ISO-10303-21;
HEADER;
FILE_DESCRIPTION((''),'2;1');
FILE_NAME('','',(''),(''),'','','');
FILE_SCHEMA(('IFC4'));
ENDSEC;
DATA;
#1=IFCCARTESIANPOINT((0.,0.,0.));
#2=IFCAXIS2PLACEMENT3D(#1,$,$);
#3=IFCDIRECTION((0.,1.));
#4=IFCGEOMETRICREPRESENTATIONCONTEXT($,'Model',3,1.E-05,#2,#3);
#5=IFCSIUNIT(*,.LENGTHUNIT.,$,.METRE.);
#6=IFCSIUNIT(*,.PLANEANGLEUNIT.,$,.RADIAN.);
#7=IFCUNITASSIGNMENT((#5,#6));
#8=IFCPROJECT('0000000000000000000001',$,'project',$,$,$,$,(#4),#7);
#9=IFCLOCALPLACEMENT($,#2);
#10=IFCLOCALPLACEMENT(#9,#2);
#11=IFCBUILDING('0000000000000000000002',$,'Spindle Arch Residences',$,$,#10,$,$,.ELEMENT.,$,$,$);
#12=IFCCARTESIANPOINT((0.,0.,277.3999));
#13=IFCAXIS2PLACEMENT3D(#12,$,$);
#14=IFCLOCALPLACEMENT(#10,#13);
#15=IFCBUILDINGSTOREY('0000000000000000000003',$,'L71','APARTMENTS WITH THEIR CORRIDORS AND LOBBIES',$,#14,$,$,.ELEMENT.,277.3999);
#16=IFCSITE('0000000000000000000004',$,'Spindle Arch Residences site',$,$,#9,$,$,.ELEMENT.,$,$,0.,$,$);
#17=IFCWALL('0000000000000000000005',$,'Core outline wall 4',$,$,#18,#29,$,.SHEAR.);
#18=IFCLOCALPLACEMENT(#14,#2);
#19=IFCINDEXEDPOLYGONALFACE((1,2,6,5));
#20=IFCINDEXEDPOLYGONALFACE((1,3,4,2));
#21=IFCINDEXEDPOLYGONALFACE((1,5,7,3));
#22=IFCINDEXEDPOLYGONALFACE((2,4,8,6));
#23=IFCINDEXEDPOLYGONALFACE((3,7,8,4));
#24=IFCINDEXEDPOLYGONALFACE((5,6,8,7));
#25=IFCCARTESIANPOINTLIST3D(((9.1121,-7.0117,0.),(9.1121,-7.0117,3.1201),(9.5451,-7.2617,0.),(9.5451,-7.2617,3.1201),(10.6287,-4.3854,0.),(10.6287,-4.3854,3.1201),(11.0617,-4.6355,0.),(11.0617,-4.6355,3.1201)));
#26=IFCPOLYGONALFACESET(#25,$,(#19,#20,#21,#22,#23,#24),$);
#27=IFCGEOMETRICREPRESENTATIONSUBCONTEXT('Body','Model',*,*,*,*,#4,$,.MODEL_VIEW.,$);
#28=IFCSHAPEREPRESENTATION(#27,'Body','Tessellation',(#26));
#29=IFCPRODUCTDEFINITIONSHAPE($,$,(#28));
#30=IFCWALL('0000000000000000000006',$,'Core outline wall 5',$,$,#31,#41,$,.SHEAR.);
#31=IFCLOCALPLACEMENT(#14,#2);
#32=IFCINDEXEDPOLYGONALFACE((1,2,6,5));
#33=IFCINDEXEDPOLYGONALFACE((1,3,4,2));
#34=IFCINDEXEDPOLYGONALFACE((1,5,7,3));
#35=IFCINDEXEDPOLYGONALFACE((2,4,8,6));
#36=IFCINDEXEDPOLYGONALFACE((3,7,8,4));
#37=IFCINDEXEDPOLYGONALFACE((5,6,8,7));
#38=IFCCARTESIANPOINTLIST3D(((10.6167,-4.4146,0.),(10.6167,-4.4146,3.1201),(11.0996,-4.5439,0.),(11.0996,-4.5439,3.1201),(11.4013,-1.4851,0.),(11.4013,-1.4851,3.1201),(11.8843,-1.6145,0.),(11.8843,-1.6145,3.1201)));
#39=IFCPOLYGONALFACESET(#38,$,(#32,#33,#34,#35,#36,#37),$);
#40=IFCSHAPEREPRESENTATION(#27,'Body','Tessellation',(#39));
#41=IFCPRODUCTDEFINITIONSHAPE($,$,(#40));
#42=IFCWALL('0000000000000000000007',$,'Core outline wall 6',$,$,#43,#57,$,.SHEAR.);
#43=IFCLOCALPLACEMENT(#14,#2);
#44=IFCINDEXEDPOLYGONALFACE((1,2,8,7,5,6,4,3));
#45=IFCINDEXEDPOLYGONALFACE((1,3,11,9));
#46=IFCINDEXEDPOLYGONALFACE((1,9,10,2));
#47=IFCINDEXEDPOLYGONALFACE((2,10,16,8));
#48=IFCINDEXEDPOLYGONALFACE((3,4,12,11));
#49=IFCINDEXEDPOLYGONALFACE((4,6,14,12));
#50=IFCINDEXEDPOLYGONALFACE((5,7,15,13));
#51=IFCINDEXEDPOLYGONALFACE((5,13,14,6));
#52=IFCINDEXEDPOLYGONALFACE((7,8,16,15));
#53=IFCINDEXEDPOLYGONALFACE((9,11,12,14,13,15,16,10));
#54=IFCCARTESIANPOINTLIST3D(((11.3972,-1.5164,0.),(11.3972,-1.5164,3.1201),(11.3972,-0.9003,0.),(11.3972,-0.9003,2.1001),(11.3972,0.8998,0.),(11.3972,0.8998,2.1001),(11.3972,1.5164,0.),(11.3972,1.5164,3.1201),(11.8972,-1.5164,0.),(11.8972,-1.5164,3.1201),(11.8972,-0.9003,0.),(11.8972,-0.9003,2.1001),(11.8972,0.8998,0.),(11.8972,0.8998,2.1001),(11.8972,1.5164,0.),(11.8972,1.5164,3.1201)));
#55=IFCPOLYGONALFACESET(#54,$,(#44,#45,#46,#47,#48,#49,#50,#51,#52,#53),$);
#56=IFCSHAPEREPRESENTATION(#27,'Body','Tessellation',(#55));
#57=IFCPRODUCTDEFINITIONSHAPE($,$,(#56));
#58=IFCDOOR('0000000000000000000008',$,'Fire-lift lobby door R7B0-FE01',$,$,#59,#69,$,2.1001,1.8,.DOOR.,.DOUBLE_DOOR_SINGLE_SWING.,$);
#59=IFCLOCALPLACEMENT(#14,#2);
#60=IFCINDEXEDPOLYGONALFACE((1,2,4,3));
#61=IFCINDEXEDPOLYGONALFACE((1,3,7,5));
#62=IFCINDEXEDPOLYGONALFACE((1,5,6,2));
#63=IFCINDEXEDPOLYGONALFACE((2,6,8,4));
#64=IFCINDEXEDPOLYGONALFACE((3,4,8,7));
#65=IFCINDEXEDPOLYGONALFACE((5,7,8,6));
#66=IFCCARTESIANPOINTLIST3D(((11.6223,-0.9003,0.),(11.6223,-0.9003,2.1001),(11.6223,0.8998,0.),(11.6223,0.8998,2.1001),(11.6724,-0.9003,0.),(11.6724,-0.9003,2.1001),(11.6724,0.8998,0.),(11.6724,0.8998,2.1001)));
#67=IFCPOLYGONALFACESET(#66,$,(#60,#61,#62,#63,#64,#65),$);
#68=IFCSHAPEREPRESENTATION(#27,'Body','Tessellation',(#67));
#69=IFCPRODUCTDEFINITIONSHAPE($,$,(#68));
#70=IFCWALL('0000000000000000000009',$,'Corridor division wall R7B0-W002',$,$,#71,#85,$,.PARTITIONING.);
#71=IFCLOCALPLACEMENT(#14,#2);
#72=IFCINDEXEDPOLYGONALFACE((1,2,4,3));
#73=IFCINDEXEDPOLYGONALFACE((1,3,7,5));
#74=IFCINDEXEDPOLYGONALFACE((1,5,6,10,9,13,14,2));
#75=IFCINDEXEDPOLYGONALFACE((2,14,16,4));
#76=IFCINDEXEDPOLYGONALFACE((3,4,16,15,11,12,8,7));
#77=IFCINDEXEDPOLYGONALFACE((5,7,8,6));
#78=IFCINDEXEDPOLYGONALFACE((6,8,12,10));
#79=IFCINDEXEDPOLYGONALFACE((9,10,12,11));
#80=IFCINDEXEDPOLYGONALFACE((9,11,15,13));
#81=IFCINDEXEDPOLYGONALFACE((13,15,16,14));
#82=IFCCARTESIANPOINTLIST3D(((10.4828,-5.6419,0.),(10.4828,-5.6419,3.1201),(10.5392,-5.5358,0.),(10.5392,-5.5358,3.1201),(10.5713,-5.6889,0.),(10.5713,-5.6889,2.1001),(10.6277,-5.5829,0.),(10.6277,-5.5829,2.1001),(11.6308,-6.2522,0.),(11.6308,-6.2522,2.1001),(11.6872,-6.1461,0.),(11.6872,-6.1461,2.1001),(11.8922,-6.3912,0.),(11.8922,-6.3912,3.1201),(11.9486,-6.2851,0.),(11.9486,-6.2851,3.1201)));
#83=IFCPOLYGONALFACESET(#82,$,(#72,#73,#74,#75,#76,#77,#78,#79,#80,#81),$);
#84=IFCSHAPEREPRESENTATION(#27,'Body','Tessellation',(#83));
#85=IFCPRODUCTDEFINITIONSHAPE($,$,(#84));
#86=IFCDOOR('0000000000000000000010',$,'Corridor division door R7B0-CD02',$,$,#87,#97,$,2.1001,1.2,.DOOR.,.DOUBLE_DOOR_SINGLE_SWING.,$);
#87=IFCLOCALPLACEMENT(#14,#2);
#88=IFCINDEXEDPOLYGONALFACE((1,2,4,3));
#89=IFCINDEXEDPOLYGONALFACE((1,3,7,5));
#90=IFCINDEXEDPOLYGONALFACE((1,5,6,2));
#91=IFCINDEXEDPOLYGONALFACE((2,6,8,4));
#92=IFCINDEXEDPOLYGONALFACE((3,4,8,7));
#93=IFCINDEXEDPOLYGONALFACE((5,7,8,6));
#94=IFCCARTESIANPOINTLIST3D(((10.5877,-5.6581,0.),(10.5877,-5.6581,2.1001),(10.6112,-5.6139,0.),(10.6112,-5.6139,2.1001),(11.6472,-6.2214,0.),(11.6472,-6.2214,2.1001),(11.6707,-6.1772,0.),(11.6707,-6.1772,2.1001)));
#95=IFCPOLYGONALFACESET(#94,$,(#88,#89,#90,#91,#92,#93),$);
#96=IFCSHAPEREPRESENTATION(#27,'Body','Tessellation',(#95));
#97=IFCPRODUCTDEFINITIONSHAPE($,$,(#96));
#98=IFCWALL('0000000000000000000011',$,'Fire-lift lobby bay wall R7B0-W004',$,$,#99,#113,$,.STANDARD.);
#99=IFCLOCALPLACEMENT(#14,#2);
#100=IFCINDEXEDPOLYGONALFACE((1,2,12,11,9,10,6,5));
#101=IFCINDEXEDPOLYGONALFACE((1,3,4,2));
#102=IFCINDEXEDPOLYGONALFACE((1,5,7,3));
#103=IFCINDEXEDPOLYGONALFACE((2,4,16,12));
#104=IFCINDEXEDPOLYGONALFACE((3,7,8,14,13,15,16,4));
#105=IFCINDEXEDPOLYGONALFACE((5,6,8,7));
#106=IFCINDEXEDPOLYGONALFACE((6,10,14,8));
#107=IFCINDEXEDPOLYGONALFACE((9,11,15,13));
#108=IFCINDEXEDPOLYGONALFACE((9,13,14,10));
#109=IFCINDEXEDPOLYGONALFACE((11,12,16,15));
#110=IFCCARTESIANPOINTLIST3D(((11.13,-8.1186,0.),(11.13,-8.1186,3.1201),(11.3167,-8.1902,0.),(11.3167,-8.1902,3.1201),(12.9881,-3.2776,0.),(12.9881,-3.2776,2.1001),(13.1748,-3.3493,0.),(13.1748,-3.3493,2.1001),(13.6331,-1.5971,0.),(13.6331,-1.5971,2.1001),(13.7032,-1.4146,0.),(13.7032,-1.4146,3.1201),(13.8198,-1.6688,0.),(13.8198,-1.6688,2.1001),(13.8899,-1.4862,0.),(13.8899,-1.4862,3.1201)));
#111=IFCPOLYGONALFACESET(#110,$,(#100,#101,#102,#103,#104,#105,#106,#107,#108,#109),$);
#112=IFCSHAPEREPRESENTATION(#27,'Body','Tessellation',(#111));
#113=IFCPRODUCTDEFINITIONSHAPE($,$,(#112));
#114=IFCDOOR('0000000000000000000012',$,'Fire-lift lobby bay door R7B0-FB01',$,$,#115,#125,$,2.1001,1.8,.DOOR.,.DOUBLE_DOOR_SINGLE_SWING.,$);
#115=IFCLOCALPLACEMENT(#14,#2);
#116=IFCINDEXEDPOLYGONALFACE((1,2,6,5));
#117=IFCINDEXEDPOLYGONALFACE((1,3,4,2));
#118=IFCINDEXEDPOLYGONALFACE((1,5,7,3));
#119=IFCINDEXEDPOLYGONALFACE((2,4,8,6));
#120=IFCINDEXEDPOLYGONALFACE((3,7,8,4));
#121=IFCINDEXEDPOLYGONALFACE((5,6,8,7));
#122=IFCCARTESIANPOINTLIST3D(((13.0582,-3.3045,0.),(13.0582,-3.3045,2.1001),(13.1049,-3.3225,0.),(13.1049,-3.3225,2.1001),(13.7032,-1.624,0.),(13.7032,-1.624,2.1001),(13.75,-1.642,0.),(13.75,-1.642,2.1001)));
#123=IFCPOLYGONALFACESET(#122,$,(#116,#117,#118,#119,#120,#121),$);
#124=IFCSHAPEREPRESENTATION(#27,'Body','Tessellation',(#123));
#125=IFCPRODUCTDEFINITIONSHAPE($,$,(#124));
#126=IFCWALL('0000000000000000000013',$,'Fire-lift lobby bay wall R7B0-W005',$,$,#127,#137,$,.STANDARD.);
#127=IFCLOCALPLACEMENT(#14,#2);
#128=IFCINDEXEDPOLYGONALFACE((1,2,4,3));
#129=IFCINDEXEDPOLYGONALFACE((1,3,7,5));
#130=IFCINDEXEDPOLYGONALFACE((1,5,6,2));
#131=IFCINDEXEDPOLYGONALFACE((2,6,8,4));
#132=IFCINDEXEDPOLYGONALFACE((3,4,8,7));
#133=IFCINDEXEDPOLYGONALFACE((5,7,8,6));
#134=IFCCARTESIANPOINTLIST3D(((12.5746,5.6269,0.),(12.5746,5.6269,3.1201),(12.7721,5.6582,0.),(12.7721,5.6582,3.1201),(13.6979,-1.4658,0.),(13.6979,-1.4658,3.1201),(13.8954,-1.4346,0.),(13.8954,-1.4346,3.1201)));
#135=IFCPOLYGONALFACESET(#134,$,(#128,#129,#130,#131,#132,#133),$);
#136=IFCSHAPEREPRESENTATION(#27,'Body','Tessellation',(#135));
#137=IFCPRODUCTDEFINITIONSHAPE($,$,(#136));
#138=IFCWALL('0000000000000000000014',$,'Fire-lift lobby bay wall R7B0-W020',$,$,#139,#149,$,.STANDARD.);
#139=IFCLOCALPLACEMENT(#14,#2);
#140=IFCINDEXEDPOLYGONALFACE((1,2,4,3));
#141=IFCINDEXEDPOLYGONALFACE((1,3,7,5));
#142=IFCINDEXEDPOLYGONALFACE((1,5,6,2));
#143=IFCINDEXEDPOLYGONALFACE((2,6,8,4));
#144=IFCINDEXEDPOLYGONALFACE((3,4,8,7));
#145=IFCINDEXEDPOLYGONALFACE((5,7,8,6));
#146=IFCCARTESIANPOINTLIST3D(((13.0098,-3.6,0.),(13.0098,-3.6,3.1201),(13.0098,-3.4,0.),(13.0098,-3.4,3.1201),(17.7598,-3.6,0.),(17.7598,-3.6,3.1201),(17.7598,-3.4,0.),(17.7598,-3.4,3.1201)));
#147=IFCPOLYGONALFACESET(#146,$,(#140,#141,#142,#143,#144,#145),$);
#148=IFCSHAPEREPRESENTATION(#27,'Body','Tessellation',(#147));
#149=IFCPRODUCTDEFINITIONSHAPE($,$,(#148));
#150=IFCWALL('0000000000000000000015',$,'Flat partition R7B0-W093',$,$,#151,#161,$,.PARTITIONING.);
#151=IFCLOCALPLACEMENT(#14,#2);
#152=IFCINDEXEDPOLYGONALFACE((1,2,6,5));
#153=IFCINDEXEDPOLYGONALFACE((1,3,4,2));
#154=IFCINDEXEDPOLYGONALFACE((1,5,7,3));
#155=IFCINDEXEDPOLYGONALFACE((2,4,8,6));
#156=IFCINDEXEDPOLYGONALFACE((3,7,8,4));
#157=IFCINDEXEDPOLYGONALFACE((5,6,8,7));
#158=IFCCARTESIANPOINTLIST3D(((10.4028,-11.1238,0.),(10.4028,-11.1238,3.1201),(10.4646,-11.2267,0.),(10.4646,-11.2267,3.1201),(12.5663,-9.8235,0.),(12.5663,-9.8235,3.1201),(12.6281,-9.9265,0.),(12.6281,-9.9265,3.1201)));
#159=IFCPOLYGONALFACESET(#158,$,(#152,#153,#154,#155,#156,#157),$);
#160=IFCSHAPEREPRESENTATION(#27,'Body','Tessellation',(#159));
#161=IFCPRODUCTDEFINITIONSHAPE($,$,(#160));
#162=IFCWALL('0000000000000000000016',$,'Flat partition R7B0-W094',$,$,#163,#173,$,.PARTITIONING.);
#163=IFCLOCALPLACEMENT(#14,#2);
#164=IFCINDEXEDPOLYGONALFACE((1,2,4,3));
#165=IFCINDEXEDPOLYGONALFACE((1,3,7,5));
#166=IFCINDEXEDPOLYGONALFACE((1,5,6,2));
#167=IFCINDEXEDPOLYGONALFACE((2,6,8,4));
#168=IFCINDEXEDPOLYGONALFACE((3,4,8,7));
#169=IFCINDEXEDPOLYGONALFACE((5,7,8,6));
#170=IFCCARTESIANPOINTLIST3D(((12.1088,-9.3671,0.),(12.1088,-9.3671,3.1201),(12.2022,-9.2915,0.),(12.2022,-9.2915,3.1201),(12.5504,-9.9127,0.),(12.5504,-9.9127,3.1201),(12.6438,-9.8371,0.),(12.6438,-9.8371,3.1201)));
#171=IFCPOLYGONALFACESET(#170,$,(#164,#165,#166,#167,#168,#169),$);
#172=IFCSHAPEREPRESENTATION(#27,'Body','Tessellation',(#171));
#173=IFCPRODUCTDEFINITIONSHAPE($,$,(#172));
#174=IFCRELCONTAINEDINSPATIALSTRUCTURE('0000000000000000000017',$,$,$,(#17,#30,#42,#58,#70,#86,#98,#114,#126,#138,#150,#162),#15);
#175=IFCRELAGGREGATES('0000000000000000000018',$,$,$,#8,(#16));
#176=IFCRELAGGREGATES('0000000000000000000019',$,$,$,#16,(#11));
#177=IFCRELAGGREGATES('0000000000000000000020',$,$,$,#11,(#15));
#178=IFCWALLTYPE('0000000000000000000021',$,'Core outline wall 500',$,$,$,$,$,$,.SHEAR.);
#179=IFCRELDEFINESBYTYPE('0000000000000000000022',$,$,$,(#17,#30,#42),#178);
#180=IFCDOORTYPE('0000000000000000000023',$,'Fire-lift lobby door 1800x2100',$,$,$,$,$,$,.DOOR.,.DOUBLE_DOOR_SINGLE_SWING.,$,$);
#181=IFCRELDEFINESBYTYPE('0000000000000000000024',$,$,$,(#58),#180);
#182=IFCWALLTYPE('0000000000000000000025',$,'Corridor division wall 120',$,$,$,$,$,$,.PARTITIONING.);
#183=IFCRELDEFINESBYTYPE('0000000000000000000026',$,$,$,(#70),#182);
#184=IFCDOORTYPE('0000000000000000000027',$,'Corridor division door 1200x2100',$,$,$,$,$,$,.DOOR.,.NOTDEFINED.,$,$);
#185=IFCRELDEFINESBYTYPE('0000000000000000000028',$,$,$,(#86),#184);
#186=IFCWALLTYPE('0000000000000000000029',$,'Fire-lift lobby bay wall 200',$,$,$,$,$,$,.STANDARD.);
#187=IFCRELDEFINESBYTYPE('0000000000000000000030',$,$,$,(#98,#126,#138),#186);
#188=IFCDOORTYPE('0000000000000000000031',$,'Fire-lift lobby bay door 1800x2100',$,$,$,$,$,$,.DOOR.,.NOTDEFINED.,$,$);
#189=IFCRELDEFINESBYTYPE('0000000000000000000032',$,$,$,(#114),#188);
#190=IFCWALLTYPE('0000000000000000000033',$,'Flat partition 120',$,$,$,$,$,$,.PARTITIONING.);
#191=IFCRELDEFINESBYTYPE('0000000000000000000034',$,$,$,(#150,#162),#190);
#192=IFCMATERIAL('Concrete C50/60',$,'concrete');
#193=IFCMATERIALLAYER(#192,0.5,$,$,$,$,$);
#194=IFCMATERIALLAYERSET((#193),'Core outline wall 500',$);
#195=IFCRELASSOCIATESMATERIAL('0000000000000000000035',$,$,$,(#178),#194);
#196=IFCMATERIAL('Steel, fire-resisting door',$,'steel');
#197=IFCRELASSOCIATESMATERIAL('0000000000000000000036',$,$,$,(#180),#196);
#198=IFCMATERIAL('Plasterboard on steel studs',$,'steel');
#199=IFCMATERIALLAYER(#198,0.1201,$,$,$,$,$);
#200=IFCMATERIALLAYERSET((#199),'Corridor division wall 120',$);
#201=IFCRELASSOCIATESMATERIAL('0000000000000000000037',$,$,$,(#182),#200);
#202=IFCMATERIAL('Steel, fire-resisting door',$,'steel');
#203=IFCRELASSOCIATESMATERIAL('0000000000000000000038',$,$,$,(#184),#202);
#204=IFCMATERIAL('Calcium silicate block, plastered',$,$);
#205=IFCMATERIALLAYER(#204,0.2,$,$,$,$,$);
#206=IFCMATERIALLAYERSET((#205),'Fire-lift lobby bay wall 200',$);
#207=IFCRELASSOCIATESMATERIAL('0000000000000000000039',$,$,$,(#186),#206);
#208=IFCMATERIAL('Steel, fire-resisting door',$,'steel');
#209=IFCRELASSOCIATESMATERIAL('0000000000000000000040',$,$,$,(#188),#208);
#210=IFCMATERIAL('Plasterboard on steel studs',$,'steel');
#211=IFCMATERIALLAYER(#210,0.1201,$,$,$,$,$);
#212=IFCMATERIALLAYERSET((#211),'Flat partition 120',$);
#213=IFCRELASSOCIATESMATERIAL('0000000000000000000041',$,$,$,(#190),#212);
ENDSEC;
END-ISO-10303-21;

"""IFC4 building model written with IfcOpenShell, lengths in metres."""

from ifc_helpers import new_model, si_unit, direction, frame, frame_2d, origin, place, context, subcontext, project, spatial, rectangle, extrude, material, layer, layer_set, type_object, element, fill, save


model = new_model("IFC4")

# Units and contexts
model_context = context("Model", 3, precision=1e-05, world=origin(), true_north=direction((0.0, 1.0)))
body_context = subcontext(model_context, "Body", "Model", "MODEL_VIEW")
ifc_project = project(units=[si_unit("LENGTHUNIT", "METRE"), si_unit("PLANEANGLEUNIT", "RADIAN")], contexts=[model_context])

# Site, building, storey
site_placement = place(None, origin())
site = spatial("IfcSite", under=ifc_project, at=site_placement, Name="Spindle Arch Residences site", CompositionType="ELEMENT", RefElevation=0.0)
building_placement = place(site_placement, origin())
building = spatial("IfcBuilding", under=site, at=building_placement, Name="Spindle Arch Residences", CompositionType="ELEMENT")
storey_placement = place(building_placement, frame((0.0, 0.0, 277.3999)))
storey = spatial("IfcBuildingStorey", under=building, at=storey_placement, Name="L71", Description="APARTMENTS WITH THEIR CORRIDORS AND LOBBIES", CompositionType="ELEMENT", Elevation=277.3999)

# Walls
ifc_material_1 = material(Name="Concrete C50/60", Category="concrete")
ifc_layer_1 = layer(ifc_material_1, 0.5)
ifc_layer_set_1 = layer_set([ifc_layer_1], Name="Core outline wall 500")
wall_type_1 = type_object("IfcWallType", Name="Core outline wall 500", PredefinedType="SHEAR", material=ifc_layer_set_1)
for number, where, z_axis, x_axis, name in (
    (1, (9.3286, -7.1367, 0.0), (0.0, 0.0, 1.0), (0.500087, 0.865975, 0.0), "Core outline wall 4"),
    (2, (10.8582, -4.4792, 0.0), (0.0, 0.0, 1.0), (0.258735, 0.965948, 0.0), "Core outline wall 5"),
):
    element("IfcWall", number, at=place(storey_placement, frame(where, z_axis=z_axis, x_axis=x_axis)), inside=storey, type_object=wall_type_1, Name=name, PredefinedType="SHEAR", context=body_context, shape_type="SweptSolid", body=[
        extrude(rectangle(XDim=3.0327, YDim=0.5, at=frame_2d((1.5164, 0.0))), origin(), (0.0, 0.0, 1.0), 3.1201),
    ])

# Walls, openings, doors
wall_1_placement = place(storey_placement, frame((11.6472, -1.5164, 0.0), z_axis=(0.0, 0.0, 1.0), x_axis=(0.0, 1.0, 0.0)))
wall_1 = element("IfcWall", 3, at=wall_1_placement, inside=storey, type_object=wall_type_1, Name="Core outline wall 6", PredefinedType="SHEAR", context=body_context, shape_type="SweptSolid", body=[
    extrude(rectangle(XDim=3.0327, YDim=0.5, at=frame_2d((1.5164, 0.0))), origin(), (0.0, 0.0, 1.0), 3.1201),
])
opening_1_placement = place(wall_1_placement, frame((0.6162, 0.0, 0.0)))
opening_1 = element("IfcOpeningElement", 4, at=opening_1_placement, cuts=wall_1, PredefinedType="OPENING", context=body_context, shape_type="SweptSolid", body=[
    extrude(rectangle(XDim=1.8, YDim=2.1001, at=frame_2d((0.8999, 1.05))), frame((0.0, 0.26, 0.0), z_axis=(0.0, -1.0, 0.0), x_axis=(1.0, 0.0, 0.0)), (0.0, 0.0, 1.0), 0.52),
])
ifc_material_2 = material(Name="Steel, fire-resisting door", Category="steel")
door_type_1 = type_object("IfcDoorType", Name="Fire-lift lobby door 1800x2100", OperationType="DOUBLE_DOOR_SINGLE_SWING", PredefinedType="DOOR", material=ifc_material_2)
door_1_placement = place(opening_1_placement, origin())
door_1 = element("IfcDoor", 5, at=door_1_placement, inside=storey, type_object=door_type_1, Name="Fire-lift lobby door R7B0-FE01", OperationType="DOUBLE_DOOR_SINGLE_SWING", OverallHeight=2.1001, OverallWidth=1.8, PredefinedType="DOOR", context=body_context, shape_type="SweptSolid", body=[
    extrude(rectangle(XDim=1.8, YDim=2.1001, at=frame_2d((0.8999, 1.05))), frame((0.0, 0.0249, 0.0), z_axis=(0.0, -1.0, 0.0), x_axis=(1.0, 0.0, 0.0)), (0.0, 0.0, 1.0), 0.05),
])
fill(opening_1, door_1)
ifc_material_3 = material(Name="Plasterboard on steel studs", Category="steel")
ifc_layer_2 = layer(ifc_material_3, 0.1201)
ifc_layer_set_2 = layer_set([ifc_layer_2], Name="Corridor division wall 120")
wall_type_2 = type_object("IfcWallType", Name="Corridor division wall 120", PredefinedType="PARTITIONING", material=ifc_layer_set_2)
wall_2_placement = place(storey_placement, frame((10.511, -5.5889, 0.0), z_axis=(0.0, 0.0, 1.0), x_axis=(0.882983, -0.469405, 0.0)))
wall_2 = element("IfcWall", 6, at=wall_2_placement, inside=storey, type_object=wall_type_2, Name="Corridor division wall R7B0-W002", PredefinedType="PARTITIONING", context=body_context, shape_type="SweptSolid", body=[
    extrude(rectangle(XDim=1.5962, YDim=0.1201, at=frame_2d((0.7981, 0.0))), origin(), (0.0, 0.0, 1.0), 3.1201),
])
opening_2_placement = place(wall_2_placement, frame((0.1001, 0.0, 0.0)))
opening_2 = element("IfcOpeningElement", 7, at=opening_2_placement, cuts=wall_2, PredefinedType="OPENING", context=body_context, shape_type="SweptSolid", body=[
    extrude(rectangle(XDim=1.2, YDim=2.1001, at=frame_2d((0.6001, 1.05))), frame((0.0, 0.0701, 0.0), z_axis=(0.0, -1.0, 0.0), x_axis=(1.0, 0.0, 0.0)), (0.0, 0.0, 1.0), 0.1401),
])
ifc_material_4 = material(Name="Steel, fire-resisting door", Category="steel")
door_type_2 = type_object("IfcDoorType", Name="Corridor division door 1200x2100", OperationType="NOTDEFINED", PredefinedType="DOOR", material=ifc_material_4)
door_2_placement = place(opening_2_placement, origin())
door_2 = element("IfcDoor", 8, at=door_2_placement, inside=storey, type_object=door_type_2, Name="Corridor division door R7B0-CD02", OperationType="DOUBLE_DOOR_SINGLE_SWING", OverallHeight=2.1001, OverallWidth=1.2, PredefinedType="DOOR", context=body_context, shape_type="SweptSolid", body=[
    extrude(rectangle(XDim=1.2, YDim=2.1001, at=frame_2d((0.6001, 1.05))), frame((0.0, 0.0249, 0.0), z_axis=(0.0, -1.0, 0.0), x_axis=(1.0, 0.0, 0.0)), (0.0, 0.0, 1.0), 0.05),
])
fill(opening_2, door_2)
ifc_material_5 = material(Name="Calcium silicate block, plastered")
ifc_layer_3 = layer(ifc_material_5, 0.2)
ifc_layer_set_3 = layer_set([ifc_layer_3], Name="Fire-lift lobby bay wall 200")
wall_type_3 = type_object("IfcWallType", Name="Fire-lift lobby bay wall 200", PredefinedType="STANDARD", material=ifc_layer_set_3)
wall_3_placement = place(storey_placement, frame((11.2234, -8.1543, 0.0), z_axis=(0.0, 0.0, 1.0), x_axis=(0.358341, 0.933591, 0.0)))
wall_3 = element("IfcWall", 9, at=wall_3_placement, inside=storey, type_object=wall_type_3, Name="Fire-lift lobby bay wall R7B0-W004", PredefinedType="STANDARD", context=body_context, shape_type="SweptSolid", body=[
    extrude(rectangle(XDim=7.1809, YDim=0.2, at=frame_2d((3.5903, 0.0))), origin(), (0.0, 0.0, 1.0), 3.1201),
])
opening_3_placement = place(wall_3_placement, frame((5.1853, 0.0, 0.0)))
opening_3 = element("IfcOpeningElement", 10, at=opening_3_placement, cuts=wall_3, PredefinedType="OPENING", context=body_context, shape_type="SweptSolid", body=[
    extrude(rectangle(XDim=1.8, YDim=2.1001, at=frame_2d((0.8999, 1.05))), frame((0.0, 0.1099, 0.0), z_axis=(0.0, -1.0, 0.0), x_axis=(1.0, 0.0, 0.0)), (0.0, 0.0, 1.0), 0.22),
])
ifc_material_6 = material(Name="Steel, fire-resisting door", Category="steel")
door_type_3 = type_object("IfcDoorType", Name="Fire-lift lobby bay door 1800x2100", OperationType="NOTDEFINED", PredefinedType="DOOR", material=ifc_material_6)
door_3_placement = place(opening_3_placement, origin())
door_3 = element("IfcDoor", 11, at=door_3_placement, inside=storey, type_object=door_type_3, Name="Fire-lift lobby bay door R7B0-FB01", OperationType="DOUBLE_DOOR_SINGLE_SWING", OverallHeight=2.1001, OverallWidth=1.8, PredefinedType="DOOR", context=body_context, shape_type="SweptSolid", body=[
    extrude(rectangle(XDim=1.8, YDim=2.1001, at=frame_2d((0.8999, 1.05))), frame((0.0, 0.0249, 0.0), z_axis=(0.0, -1.0, 0.0), x_axis=(1.0, 0.0, 0.0)), (0.0, 0.0, 1.0), 0.05),
])
fill(opening_3, door_3)

# Walls
wall_4_placement = place(storey_placement, frame((13.7966, -1.4502, 0.0), z_axis=(0.0, 0.0, 1.0), x_axis=(-0.156422, 0.98769, 0.0)))
element("IfcWall", 12, at=wall_4_placement, inside=storey, type_object=wall_type_3, Name="Fire-lift lobby bay wall R7B0-W005", PredefinedType="STANDARD", context=body_context, shape_type="SweptSolid", body=[
    extrude(rectangle(XDim=7.1812, YDim=0.2, at=frame_2d((3.5906, 0.0))), origin(), (0.0, 0.0, 1.0), 3.1201),
])
wall_5_placement = place(storey_placement, frame((13.0098, -3.5, 0.0), z_axis=(0.0, 0.0, 1.0), x_axis=(1.0, 0.0, 0.0)))
element("IfcWall", 13, at=wall_5_placement, inside=storey, type_object=wall_type_3, Name="Fire-lift lobby bay wall R7B0-W020", PredefinedType="STANDARD", context=body_context, shape_type="SweptSolid", body=[
    extrude(rectangle(XDim=4.75, YDim=0.2, at=frame_2d((2.375, 0.0))), origin(), (0.0, 0.0, 1.0), 3.1201),
])
ifc_material_7 = material(Name="Plasterboard on steel studs", Category="steel")
ifc_layer_4 = layer(ifc_material_7, 0.1201)
ifc_layer_set_4 = layer_set([ifc_layer_4], Name="Flat partition 120")
wall_type_4 = type_object("IfcWallType", Name="Flat partition 120", PredefinedType="PARTITIONING", material=ifc_layer_set_4)
wall_6_placement = place(storey_placement, frame((10.4336, -11.1753, 0.0), z_axis=(0.0, 0.0, 1.0), x_axis=(0.857117, 0.515121, 0.0)))
element("IfcWall", 14, at=wall_6_placement, inside=storey, type_object=wall_type_4, Name="Flat partition R7B0-W093", PredefinedType="PARTITIONING", context=body_context, shape_type="SweptSolid", body=[
    extrude(rectangle(XDim=2.5242, YDim=0.1201, at=frame_2d((1.2622, 0.0))), origin(), (0.0, 0.0, 1.0), 3.1201),
])
wall_7_placement = place(storey_placement, frame((12.5972, -9.875, 0.0), z_axis=(0.0, 0.0, 1.0), x_axis=(-0.629138, 0.777293, 0.0)))
element("IfcWall", 15, at=wall_7_placement, inside=storey, type_object=wall_type_4, Name="Flat partition R7B0-W094", PredefinedType="PARTITIONING", context=body_context, shape_type="SweptSolid", body=[
    extrude(rectangle(XDim=0.7019, YDim=0.1201, at=frame_2d((0.3511, 0.0))), origin(), (0.0, 0.0, 1.0), 3.1201),
])

save(model, "model.ifc")
